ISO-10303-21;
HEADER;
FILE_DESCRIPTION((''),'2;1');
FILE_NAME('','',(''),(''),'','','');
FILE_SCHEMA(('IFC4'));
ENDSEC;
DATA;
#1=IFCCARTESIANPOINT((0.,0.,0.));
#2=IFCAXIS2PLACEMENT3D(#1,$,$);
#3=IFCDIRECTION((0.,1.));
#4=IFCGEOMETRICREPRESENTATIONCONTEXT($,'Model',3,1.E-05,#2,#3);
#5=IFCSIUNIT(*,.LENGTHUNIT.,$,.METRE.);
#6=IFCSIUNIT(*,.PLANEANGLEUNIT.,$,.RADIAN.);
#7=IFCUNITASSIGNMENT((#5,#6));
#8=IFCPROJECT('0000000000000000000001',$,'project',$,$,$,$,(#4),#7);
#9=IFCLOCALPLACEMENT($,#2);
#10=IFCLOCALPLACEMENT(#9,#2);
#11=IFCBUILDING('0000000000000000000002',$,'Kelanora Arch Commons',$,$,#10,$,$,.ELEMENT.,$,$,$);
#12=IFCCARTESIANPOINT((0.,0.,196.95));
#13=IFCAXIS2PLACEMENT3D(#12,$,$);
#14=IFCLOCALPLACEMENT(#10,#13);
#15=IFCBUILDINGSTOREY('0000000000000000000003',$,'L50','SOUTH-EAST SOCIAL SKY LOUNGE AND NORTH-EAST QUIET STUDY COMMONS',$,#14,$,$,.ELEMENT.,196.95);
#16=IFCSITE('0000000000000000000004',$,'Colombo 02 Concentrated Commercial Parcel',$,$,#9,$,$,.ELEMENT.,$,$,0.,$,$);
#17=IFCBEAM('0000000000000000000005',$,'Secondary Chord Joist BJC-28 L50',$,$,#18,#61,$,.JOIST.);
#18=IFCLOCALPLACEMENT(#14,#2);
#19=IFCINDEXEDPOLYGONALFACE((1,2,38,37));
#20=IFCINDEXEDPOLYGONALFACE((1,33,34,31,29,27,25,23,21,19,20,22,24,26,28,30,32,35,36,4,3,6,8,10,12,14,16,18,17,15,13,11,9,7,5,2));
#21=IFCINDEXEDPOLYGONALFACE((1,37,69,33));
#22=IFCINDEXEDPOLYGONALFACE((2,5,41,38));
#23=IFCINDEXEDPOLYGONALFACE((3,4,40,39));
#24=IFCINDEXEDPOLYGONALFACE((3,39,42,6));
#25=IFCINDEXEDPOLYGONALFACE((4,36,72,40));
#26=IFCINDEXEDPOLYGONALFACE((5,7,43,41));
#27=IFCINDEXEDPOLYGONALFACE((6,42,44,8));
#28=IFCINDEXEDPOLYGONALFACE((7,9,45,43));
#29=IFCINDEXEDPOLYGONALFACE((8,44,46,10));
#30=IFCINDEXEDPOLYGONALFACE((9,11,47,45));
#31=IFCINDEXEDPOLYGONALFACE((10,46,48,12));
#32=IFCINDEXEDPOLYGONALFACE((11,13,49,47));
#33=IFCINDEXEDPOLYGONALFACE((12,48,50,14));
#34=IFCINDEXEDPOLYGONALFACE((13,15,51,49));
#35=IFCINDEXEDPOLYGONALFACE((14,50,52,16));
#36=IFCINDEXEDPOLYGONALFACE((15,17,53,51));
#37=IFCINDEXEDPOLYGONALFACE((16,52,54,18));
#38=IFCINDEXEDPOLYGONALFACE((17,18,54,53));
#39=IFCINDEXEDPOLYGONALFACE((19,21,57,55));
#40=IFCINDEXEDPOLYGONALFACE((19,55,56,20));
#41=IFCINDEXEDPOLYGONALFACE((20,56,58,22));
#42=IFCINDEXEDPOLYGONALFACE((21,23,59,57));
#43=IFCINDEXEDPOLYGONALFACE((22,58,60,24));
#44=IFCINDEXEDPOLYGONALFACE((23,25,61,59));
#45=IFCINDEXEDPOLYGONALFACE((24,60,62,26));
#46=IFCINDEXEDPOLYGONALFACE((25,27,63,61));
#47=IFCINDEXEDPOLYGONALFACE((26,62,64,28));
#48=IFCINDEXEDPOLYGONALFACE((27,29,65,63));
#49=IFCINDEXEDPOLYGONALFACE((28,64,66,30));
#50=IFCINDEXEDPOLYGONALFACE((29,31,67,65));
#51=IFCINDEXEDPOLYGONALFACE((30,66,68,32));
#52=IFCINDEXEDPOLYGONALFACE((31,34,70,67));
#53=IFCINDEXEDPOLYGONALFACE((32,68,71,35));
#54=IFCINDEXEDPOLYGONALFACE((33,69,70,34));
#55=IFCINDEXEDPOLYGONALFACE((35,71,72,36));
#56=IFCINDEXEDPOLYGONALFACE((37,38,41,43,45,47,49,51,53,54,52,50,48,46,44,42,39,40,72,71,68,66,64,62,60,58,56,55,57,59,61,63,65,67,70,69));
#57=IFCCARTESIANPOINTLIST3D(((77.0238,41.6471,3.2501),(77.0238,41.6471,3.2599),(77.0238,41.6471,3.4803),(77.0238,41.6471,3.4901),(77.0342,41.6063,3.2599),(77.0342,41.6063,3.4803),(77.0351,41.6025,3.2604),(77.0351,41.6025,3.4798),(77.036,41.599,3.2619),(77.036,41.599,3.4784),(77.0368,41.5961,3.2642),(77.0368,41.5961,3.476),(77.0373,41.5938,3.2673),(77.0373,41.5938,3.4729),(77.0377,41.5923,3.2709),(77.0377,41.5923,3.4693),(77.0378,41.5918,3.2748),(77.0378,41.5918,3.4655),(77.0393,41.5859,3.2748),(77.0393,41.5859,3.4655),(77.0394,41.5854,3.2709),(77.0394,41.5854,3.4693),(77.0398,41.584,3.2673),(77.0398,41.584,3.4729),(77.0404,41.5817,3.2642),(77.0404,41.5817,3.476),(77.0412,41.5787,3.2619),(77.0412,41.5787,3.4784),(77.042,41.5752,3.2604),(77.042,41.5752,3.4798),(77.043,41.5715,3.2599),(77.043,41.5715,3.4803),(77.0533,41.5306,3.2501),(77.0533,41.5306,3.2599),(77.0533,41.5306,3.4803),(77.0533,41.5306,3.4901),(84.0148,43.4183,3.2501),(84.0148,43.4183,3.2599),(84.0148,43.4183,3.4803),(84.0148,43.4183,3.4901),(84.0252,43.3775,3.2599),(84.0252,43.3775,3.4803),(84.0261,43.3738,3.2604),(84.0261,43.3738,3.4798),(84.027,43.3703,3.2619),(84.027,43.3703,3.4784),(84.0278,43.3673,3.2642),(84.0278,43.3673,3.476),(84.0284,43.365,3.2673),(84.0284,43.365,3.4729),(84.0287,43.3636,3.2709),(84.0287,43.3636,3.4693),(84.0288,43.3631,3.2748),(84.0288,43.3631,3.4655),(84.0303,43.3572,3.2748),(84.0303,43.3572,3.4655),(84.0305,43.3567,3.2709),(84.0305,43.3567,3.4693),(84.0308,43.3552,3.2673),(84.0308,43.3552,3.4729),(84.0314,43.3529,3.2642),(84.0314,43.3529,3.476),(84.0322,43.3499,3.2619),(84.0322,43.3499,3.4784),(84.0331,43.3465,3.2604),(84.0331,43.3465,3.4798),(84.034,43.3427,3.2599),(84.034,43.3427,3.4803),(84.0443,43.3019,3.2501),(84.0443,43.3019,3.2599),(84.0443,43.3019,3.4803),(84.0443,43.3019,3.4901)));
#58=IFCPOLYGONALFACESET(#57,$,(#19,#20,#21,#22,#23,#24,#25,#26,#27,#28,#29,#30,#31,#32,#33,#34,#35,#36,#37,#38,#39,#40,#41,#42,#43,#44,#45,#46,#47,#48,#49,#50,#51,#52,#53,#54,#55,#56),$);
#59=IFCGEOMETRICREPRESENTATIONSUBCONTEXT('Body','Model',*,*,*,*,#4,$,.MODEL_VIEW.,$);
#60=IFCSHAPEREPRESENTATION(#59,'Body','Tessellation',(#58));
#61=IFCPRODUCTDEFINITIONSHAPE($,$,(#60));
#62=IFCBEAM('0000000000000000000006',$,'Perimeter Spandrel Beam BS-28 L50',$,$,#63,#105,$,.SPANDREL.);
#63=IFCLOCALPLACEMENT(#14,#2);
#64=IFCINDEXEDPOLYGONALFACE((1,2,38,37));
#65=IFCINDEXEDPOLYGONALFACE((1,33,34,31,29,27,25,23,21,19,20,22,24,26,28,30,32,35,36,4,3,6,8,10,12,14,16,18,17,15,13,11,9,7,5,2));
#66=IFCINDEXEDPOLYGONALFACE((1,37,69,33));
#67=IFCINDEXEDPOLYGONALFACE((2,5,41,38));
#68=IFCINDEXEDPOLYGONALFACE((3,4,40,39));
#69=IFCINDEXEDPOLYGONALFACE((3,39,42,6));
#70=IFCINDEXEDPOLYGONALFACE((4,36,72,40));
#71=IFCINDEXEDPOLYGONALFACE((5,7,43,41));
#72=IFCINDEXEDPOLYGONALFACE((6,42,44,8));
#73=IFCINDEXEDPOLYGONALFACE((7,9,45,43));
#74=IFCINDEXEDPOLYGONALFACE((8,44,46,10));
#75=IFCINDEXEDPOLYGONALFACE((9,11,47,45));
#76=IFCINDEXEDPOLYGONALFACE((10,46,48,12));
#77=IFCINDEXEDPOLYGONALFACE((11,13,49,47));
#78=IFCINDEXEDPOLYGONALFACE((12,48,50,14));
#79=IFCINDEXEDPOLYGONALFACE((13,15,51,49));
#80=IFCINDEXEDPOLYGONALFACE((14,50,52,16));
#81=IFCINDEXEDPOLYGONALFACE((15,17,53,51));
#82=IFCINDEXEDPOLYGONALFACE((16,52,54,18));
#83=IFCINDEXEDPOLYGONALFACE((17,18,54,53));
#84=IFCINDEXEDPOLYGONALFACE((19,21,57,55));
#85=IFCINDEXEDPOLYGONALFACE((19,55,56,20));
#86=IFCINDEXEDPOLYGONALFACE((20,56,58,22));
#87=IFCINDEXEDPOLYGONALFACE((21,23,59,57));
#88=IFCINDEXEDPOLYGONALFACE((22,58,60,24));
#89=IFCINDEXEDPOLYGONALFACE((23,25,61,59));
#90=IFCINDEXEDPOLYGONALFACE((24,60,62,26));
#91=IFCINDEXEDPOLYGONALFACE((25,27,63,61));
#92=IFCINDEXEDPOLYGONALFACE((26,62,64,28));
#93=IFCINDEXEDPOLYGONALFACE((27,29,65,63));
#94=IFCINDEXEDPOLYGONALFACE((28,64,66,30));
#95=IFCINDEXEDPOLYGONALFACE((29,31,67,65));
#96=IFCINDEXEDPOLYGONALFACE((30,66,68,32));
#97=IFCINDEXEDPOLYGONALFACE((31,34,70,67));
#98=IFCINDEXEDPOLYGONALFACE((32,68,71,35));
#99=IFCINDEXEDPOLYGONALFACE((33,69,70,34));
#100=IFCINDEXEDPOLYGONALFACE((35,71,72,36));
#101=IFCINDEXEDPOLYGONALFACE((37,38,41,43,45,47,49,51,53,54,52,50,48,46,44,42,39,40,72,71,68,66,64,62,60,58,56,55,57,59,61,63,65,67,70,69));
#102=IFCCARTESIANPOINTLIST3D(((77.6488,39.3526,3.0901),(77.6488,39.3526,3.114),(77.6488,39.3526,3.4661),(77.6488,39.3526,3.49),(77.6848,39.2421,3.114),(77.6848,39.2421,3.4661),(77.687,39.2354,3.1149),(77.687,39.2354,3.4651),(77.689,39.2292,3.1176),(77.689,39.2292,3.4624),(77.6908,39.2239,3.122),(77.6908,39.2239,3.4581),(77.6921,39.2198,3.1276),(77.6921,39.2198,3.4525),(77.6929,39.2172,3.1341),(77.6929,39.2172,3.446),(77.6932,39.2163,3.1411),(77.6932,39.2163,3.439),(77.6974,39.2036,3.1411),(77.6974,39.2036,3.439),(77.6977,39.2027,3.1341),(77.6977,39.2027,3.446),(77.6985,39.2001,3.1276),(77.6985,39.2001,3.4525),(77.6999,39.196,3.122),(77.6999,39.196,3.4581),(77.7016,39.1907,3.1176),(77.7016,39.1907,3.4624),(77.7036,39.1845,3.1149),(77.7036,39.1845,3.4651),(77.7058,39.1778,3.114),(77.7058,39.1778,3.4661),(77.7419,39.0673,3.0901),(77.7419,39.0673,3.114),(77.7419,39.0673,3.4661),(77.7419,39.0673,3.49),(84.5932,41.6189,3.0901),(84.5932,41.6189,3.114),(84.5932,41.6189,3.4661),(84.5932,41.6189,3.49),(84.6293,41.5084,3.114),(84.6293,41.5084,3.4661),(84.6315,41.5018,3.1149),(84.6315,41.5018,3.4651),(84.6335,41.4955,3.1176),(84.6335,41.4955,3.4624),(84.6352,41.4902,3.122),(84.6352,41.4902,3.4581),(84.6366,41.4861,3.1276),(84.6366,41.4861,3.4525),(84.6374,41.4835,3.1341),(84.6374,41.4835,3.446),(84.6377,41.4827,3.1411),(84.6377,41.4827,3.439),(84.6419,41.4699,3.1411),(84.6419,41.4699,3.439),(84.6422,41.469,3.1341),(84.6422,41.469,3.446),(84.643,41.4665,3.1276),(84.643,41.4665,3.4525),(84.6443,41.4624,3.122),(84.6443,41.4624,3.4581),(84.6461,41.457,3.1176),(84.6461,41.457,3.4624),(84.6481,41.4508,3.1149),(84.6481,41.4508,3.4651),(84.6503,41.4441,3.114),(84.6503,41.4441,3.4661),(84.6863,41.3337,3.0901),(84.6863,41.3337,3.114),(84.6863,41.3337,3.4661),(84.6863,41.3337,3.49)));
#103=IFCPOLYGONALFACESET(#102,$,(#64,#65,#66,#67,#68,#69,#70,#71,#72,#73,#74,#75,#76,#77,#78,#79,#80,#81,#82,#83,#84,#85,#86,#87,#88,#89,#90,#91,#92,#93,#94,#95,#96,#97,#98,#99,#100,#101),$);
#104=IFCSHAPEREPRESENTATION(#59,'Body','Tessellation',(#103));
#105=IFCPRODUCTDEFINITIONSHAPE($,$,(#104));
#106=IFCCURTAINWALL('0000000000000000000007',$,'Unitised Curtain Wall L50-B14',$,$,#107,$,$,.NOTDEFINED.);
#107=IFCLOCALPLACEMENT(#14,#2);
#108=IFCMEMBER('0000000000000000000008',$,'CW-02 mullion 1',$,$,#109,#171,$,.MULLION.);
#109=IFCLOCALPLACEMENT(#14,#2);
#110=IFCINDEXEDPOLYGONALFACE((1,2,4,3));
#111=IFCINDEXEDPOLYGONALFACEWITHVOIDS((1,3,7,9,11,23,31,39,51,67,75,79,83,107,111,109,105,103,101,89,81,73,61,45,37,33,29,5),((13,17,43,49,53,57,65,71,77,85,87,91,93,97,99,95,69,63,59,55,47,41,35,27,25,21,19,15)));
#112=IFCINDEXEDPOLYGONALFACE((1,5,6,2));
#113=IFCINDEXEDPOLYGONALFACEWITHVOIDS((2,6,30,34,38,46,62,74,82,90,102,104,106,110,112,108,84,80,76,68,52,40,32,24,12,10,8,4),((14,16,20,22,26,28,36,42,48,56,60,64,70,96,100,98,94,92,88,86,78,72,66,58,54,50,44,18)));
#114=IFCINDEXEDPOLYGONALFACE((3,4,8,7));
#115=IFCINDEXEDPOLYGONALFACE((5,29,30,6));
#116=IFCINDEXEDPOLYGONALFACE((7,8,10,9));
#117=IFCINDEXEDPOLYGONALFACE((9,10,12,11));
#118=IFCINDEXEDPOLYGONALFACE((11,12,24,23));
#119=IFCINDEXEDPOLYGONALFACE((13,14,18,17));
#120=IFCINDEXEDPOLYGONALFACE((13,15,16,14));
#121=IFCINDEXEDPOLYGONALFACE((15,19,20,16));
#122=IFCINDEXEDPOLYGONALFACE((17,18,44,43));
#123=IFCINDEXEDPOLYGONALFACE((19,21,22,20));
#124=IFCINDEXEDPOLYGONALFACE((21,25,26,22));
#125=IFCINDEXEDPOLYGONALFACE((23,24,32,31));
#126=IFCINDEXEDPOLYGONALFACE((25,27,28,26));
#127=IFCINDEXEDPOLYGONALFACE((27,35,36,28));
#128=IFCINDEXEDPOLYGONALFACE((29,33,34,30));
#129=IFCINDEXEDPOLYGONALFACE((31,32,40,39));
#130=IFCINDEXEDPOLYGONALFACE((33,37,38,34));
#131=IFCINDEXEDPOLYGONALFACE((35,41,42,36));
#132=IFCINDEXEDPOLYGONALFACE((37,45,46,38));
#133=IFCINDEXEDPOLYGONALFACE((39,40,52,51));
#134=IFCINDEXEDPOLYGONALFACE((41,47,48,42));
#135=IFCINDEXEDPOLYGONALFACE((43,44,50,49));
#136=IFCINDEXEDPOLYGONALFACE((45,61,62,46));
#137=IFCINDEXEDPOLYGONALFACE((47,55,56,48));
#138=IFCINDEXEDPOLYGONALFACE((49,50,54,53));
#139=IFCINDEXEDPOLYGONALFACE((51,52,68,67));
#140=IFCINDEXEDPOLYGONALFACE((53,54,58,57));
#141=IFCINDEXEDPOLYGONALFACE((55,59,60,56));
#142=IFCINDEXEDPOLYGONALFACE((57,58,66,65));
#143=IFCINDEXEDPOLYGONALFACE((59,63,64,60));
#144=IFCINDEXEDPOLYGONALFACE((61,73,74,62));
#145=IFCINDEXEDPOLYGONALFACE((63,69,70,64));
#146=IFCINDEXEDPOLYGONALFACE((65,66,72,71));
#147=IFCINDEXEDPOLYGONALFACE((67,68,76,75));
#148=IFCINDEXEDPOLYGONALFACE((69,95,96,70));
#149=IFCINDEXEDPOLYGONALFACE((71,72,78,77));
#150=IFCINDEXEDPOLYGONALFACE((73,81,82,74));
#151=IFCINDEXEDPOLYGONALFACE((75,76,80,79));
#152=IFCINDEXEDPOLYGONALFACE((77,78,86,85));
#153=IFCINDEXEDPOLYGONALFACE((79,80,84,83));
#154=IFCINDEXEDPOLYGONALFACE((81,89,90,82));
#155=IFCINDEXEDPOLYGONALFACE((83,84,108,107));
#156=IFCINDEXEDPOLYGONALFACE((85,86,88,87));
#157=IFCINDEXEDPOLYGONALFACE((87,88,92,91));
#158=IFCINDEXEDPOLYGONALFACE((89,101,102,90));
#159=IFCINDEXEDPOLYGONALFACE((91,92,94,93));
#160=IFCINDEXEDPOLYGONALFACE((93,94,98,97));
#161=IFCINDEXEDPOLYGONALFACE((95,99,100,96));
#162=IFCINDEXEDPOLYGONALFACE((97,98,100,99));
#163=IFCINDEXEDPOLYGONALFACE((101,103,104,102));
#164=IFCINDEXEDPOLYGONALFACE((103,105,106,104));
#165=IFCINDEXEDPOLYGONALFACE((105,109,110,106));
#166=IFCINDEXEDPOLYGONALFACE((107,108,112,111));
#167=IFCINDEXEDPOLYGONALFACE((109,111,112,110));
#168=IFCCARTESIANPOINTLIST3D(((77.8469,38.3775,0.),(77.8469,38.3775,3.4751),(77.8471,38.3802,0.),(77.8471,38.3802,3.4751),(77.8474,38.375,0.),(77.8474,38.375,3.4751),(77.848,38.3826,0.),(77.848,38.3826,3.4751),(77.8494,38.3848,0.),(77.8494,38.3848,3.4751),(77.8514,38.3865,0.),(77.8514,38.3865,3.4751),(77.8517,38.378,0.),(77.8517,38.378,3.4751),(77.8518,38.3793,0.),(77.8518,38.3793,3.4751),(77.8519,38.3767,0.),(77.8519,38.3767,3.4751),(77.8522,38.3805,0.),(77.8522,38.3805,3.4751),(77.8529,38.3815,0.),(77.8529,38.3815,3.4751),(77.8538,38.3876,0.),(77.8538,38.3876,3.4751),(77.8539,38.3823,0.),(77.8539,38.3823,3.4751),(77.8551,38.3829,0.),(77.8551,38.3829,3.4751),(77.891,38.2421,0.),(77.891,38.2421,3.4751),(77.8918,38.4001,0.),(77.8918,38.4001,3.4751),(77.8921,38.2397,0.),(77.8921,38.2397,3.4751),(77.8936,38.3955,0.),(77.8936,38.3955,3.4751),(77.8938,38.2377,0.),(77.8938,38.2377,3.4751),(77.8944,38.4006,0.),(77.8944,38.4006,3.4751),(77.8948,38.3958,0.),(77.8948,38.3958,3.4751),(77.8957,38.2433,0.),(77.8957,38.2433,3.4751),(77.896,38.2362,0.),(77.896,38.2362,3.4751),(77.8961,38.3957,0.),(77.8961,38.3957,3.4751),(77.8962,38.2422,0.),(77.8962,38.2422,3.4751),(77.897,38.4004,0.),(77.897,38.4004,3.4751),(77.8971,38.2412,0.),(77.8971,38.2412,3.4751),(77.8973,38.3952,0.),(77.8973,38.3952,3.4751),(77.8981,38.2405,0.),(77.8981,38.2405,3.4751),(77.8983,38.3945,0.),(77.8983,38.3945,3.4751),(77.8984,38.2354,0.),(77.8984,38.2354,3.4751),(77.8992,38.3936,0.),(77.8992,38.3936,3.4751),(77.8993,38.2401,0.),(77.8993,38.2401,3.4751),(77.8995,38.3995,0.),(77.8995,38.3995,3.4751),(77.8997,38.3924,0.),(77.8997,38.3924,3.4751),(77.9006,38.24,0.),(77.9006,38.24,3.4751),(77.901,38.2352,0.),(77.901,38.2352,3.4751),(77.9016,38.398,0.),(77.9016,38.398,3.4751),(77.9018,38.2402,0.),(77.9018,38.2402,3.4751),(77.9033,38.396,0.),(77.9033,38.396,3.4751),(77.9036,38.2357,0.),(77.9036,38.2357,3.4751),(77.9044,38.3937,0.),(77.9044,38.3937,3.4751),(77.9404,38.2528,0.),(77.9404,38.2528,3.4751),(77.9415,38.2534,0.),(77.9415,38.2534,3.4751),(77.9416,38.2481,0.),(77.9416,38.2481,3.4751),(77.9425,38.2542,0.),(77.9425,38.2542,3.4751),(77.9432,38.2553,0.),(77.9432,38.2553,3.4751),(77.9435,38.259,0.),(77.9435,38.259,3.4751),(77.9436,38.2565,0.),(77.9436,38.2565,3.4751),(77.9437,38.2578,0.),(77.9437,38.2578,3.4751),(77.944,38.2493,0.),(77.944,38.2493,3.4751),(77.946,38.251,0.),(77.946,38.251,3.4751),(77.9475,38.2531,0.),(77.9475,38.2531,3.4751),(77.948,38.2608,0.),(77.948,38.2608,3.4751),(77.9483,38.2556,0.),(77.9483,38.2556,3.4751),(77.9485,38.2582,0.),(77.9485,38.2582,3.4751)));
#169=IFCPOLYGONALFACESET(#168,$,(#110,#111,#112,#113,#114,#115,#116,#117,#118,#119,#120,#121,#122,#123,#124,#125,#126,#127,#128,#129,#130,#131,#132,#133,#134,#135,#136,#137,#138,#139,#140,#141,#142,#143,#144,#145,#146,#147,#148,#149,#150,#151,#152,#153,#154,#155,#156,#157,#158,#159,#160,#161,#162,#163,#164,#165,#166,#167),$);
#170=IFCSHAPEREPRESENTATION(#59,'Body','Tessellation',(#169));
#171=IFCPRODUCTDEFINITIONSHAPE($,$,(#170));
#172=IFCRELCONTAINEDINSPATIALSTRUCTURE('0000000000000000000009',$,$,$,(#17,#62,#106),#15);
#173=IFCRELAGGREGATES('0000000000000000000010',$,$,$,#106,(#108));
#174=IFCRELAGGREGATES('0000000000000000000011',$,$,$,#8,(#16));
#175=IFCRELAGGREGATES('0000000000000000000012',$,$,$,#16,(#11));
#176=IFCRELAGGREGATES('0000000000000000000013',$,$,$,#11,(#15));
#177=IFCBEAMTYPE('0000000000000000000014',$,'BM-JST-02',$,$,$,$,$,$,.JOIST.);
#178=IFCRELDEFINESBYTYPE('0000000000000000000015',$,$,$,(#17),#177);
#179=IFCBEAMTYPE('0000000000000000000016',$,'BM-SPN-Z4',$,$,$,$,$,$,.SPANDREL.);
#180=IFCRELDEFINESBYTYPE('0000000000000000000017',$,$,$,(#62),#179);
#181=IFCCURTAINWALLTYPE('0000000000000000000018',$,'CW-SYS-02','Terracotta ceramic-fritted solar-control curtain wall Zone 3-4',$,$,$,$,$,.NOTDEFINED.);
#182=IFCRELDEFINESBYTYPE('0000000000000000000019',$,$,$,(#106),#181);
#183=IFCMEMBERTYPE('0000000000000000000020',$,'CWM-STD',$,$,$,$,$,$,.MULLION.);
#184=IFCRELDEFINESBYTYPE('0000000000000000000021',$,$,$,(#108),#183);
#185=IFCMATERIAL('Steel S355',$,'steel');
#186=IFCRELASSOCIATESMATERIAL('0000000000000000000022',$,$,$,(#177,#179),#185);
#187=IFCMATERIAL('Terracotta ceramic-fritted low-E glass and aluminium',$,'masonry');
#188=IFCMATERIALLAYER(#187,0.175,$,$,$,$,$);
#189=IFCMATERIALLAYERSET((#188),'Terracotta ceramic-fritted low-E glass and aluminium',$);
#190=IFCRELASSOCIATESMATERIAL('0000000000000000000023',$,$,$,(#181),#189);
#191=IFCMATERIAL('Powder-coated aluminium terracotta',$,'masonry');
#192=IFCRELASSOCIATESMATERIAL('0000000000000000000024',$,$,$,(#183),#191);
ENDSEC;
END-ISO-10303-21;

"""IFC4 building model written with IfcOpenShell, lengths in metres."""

from ifc_helpers import new_model, si_unit, direction, frame, origin, origin_2d, place, context, subcontext, project, spatial, hollow_rectangle, i_section, extrude, material, layer, layer_set, material_profile, profile_set, type_object, element, aggregate, save


model = new_model("IFC4")

# Units and contexts
model_context = context("Model", 3, precision=1e-05, world=origin(), true_north=direction((0.0, 1.0)))
body_context = subcontext(model_context, "Body", "Model", "MODEL_VIEW")
ifc_project = project(units=[si_unit("LENGTHUNIT", "METRE"), si_unit("PLANEANGLEUNIT", "RADIAN")], contexts=[model_context])

# Site, building, storey
site_placement = place(None, origin())
site = spatial("IfcSite", under=ifc_project, at=site_placement, Name="Colombo 02 Concentrated Commercial Parcel", CompositionType="ELEMENT", RefElevation=0.0)
building_placement = place(site_placement, origin())
building = spatial("IfcBuilding", under=site, at=building_placement, Name="Kelanora Arch Commons", CompositionType="ELEMENT")
storey_placement = place(building_placement, frame((0.0, 0.0, 196.95)))
storey = spatial("IfcBuildingStorey", under=building, at=storey_placement, Name="L50", Description="SOUTH-EAST SOCIAL SKY LOUNGE AND NORTH-EAST QUIET STUDY COMMONS", CompositionType="ELEMENT", Elevation=196.95)

# Beams
ifc_material_1 = material(Name="Steel S355", Category="steel")
ifc_material_profile_1 = material_profile(ifc_material_1, i_section(OverallWidth=0.1201, OverallDepth=0.24, WebThickness=0.0061, FlangeThickness=0.0098, FilletRadius=0.0149, at=origin_2d()), Name="IPE240")
ifc_profile_set_1 = profile_set([ifc_material_profile_1], Name="Steel S355")
beam_type_1 = type_object("IfcBeamType", Name="BM-JST-02", PredefinedType="JOIST", material=ifc_profile_set_1)
beam_1_placement = place(storey_placement, frame((77.0386, 41.5889, 3.3701), z_axis=(0.969371, 0.245601, 0.0), x_axis=(-0.245601, 0.969371, 0.0)))
element("IfcBeam", 1, at=beam_1_placement, inside=storey, type_object=beam_type_1, Name="Secondary Chord Joist BJC-28 L50", PredefinedType="JOIST", context=body_context, shape_type="SweptSolid", body=[
    extrude(i_section(OverallWidth=0.1201, OverallDepth=0.24, WebThickness=0.0061, FlangeThickness=0.0098, FilletRadius=0.0149, at=origin_2d()), origin(), (0.0, 0.0, 1.0), 7.2119),
])
ifc_material_profile_2 = material_profile(ifc_material_1, i_section(OverallWidth=0.3, OverallDepth=0.3999, WebThickness=0.0134, FlangeThickness=0.0239, FilletRadius=0.0271, at=origin_2d()), Name="HEB400")
ifc_profile_set_2 = profile_set([ifc_material_profile_2], Name="Steel S355")
beam_type_2 = type_object("IfcBeamType", Name="BM-SPN-Z4", PredefinedType="SPANDREL", material=ifc_profile_set_2)
beam_2_placement = place(storey_placement, frame((77.6953, 39.21, 3.29), z_axis=(0.950656, 0.310246, 0.0), x_axis=(-0.310246, 0.950656, 0.0)))
element("IfcBeam", 2, at=beam_2_placement, inside=storey, type_object=beam_type_2, Name="Perimeter Spandrel Beam BS-28 L50", PredefinedType="SPANDREL", context=body_context, shape_type="SweptSolid", body=[
    extrude(i_section(OverallWidth=0.3, OverallDepth=0.3999, WebThickness=0.0134, FlangeThickness=0.0239, FilletRadius=0.0271, at=origin_2d()), origin(), (0.0, 0.0, 1.0), 7.3049),
])

# Curtain wall, member
ifc_material_2 = material(Name="Terracotta ceramic-fritted low-E glass and aluminium", Category="masonry")
ifc_layer_1 = layer(ifc_material_2, 0.175)
ifc_layer_set_1 = layer_set([ifc_layer_1], Name="Terracotta ceramic-fritted low-E glass and aluminium")
curtain_wall_type = type_object("IfcCurtainWallType", Name="CW-SYS-02", Description="Terracotta ceramic-fritted solar-control curtain wall Zone 3-4", PredefinedType="NOTDEFINED", material=ifc_layer_set_1)
curtain_wall_placement = place(storey_placement, origin())
curtain_wall = element("IfcCurtainWall", 3, at=curtain_wall_placement, inside=storey, type_object=curtain_wall_type, Name="Unitised Curtain Wall L50-B14", PredefinedType="NOTDEFINED")
ifc_material_3 = material(Name="Powder-coated aluminium terracotta", Category="masonry")
ifc_material_profile_3 = material_profile(ifc_material_3, hollow_rectangle(XDim=0.1599, YDim=0.0601, WallThickness=0.0049, InnerFilletRadius=0.0049, OuterFilletRadius=0.01, at=origin_2d()), Name="CWM160x60")
ifc_profile_set_3 = profile_set([ifc_material_profile_3], Name="Powder-coated aluminium terracotta")
member_type_1 = type_object("IfcMemberType", Name="CWM-STD", PredefinedType="MULLION", material=ifc_profile_set_3)
member_1_placement = place(storey_placement, frame((77.8977, 38.3179, 0.0), z_axis=(0.0, 0.0, 1.0), x_axis=(-0.311582, 0.950219, 0.0)))
member_1 = element("IfcMember", 4, at=member_1_placement, type_object=member_type_1, Name="CW-02 mullion 1", PredefinedType="MULLION", context=body_context, shape_type="SweptSolid", body=[
    extrude(hollow_rectangle(XDim=0.1599, YDim=0.0601, WallThickness=0.0049, InnerFilletRadius=0.0049, OuterFilletRadius=0.01, at=origin_2d()), origin(), (0.0, 0.0, 1.0), 3.4751),
])
aggregate(curtain_wall, [member_1])

save(model, "model.ifc")
